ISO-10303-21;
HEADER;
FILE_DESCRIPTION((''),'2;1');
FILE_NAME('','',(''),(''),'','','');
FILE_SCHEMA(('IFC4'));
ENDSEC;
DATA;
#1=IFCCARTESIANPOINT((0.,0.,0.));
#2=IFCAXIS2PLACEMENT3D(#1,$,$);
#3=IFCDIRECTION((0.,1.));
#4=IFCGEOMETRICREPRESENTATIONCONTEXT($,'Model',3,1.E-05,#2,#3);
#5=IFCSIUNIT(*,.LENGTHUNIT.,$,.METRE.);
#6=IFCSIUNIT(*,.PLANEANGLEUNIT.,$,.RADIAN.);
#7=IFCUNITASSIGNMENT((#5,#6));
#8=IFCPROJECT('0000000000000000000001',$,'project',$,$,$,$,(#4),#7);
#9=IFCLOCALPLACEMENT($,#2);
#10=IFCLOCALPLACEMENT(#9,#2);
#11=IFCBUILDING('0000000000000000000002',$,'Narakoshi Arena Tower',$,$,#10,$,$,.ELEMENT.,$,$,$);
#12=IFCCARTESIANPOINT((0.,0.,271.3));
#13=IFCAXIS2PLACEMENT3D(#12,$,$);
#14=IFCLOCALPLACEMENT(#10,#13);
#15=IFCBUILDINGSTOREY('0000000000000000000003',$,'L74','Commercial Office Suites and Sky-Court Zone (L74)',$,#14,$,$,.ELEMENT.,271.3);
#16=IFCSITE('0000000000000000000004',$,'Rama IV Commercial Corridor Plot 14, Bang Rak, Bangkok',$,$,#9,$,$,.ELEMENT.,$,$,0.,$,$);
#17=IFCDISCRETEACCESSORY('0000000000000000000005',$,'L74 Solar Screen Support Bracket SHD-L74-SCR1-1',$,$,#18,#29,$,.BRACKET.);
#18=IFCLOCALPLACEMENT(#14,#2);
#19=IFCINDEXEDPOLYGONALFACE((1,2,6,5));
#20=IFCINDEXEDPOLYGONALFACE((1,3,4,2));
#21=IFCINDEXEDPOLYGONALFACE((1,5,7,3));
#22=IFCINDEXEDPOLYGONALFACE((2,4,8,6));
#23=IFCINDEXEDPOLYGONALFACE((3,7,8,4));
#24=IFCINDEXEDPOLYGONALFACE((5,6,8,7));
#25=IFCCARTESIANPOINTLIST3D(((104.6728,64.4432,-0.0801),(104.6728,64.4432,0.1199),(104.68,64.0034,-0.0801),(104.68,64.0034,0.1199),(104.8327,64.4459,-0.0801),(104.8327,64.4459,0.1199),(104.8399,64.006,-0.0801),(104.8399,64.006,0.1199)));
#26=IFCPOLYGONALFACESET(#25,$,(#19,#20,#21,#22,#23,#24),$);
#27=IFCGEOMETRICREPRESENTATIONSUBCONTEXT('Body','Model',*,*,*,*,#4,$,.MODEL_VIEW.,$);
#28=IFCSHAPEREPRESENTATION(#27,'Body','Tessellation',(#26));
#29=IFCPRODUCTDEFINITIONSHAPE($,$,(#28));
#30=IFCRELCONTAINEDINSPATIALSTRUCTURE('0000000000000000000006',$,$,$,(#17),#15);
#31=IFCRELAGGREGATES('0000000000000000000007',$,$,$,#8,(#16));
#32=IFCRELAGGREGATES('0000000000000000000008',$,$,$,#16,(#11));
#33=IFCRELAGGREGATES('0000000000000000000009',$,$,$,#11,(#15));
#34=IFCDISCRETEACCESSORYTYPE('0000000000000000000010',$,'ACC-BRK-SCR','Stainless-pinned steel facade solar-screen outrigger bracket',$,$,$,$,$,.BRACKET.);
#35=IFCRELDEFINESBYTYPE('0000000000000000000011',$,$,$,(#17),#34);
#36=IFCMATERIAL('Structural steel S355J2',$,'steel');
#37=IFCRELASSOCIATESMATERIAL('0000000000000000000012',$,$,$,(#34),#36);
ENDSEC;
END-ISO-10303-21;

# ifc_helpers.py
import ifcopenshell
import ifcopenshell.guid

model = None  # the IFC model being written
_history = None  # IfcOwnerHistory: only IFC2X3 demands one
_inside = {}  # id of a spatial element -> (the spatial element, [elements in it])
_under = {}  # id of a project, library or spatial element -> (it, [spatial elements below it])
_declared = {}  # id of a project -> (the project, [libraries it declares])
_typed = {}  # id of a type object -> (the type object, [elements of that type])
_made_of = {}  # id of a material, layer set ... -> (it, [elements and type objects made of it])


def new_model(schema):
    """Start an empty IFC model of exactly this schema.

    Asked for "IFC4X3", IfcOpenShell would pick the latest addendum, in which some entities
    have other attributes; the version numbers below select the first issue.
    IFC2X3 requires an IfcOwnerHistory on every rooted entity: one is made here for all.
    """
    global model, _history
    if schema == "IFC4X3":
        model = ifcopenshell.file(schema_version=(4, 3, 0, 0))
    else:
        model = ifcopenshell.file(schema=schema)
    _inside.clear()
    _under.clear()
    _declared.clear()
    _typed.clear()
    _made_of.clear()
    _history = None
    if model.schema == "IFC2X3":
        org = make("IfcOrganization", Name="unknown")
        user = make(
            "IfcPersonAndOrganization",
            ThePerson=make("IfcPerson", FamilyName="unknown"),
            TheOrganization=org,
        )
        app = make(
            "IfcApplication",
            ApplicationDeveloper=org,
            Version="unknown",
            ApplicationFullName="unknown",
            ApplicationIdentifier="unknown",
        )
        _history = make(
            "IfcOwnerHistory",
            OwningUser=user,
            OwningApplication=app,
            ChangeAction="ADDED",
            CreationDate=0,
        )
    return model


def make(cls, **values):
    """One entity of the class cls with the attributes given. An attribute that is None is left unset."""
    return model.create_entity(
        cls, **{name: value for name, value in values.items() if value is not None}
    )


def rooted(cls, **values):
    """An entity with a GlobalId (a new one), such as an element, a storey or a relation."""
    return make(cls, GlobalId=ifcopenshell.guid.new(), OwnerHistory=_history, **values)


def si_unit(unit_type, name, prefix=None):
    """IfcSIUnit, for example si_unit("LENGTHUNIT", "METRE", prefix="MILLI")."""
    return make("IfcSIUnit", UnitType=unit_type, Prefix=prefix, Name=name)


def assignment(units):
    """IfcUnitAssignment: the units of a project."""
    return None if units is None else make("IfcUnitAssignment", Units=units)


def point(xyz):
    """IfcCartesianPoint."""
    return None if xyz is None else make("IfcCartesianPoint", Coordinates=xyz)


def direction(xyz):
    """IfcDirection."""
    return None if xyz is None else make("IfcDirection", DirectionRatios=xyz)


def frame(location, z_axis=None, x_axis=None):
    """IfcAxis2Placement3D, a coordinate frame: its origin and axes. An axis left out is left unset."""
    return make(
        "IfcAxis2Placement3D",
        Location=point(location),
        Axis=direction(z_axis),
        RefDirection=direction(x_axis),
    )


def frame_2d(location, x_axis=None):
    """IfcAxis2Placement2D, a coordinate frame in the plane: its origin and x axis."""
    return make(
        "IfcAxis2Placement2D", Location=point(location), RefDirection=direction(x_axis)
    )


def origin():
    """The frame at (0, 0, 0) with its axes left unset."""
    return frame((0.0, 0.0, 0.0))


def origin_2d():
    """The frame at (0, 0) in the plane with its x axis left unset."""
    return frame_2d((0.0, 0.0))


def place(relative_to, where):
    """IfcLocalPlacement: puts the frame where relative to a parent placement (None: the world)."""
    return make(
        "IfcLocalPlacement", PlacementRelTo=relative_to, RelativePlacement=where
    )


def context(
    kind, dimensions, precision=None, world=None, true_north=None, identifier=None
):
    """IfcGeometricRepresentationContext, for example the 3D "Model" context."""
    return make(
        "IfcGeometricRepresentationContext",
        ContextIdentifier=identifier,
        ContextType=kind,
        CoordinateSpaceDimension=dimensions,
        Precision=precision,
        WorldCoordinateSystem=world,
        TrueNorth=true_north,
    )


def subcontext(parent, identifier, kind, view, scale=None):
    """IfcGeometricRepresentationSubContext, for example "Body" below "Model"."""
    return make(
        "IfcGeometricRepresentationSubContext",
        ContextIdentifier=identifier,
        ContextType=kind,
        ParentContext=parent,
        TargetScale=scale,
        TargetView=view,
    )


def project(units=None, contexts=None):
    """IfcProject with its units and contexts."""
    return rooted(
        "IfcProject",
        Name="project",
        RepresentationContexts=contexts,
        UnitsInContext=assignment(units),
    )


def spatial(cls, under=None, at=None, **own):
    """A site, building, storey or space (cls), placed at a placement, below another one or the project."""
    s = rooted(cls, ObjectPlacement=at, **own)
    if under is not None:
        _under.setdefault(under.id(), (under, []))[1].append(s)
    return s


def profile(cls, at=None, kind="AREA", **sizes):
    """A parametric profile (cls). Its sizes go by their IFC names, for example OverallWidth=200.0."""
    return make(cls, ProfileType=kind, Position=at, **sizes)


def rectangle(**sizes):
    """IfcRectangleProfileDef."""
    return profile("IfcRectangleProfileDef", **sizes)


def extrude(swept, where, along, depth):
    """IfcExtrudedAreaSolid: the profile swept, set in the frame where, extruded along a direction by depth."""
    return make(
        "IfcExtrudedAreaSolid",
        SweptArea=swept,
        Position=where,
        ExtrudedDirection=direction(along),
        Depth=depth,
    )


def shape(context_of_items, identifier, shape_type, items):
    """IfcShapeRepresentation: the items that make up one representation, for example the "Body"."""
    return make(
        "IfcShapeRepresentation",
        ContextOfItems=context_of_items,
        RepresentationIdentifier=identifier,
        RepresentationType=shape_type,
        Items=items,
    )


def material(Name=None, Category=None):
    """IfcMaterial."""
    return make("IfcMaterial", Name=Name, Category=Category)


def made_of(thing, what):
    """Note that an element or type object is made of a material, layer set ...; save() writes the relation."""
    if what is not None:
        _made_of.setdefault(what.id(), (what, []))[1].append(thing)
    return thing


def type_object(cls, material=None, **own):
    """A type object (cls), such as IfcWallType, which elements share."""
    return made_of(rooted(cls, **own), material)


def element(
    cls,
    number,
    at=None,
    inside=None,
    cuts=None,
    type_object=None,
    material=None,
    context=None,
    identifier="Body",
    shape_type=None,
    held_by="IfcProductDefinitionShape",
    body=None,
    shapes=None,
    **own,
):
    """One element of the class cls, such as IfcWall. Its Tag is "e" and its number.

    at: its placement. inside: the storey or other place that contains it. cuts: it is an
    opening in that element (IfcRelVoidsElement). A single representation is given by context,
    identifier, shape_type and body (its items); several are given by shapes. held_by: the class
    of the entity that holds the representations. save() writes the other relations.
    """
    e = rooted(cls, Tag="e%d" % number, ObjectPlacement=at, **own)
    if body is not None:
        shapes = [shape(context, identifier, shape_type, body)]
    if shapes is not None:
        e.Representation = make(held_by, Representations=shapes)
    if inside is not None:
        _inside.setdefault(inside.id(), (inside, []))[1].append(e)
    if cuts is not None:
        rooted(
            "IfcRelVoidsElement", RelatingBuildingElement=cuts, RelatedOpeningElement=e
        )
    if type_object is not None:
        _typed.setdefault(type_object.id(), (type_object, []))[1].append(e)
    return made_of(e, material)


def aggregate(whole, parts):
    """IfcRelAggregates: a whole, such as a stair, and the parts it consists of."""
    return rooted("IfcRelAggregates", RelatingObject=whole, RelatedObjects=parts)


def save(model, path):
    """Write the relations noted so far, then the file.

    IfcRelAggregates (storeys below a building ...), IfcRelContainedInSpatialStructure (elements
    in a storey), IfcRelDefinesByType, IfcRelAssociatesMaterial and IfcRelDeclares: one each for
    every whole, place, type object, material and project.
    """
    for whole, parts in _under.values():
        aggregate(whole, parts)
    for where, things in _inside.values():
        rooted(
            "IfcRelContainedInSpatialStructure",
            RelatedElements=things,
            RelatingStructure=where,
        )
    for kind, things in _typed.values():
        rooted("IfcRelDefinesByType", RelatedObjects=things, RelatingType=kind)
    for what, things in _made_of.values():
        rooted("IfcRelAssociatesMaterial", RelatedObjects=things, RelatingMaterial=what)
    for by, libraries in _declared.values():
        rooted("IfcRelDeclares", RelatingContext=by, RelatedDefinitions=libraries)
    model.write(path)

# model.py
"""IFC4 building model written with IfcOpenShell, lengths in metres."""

from ifc_helpers import new_model, si_unit, direction, frame, origin, origin_2d, place, context, subcontext, project, spatial, rectangle, extrude, material, type_object, element, save


model = new_model("IFC4")

# Units and contexts
model_context = context("Model", 3, precision=1e-05, world=origin(), true_north=direction((0.0, 1.0)))
body_context = subcontext(model_context, "Body", "Model", "MODEL_VIEW")
ifc_project = project(units=[si_unit("LENGTHUNIT", "METRE"), si_unit("PLANEANGLEUNIT", "RADIAN")], contexts=[model_context])

# Site, building, storey
site_placement = place(None, origin())
site = spatial("IfcSite", under=ifc_project, at=site_placement, Name="Rama IV Commercial Corridor Plot 14, Bang Rak, Bangkok", CompositionType="ELEMENT", RefElevation=0.0)
building_placement = place(site_placement, origin())
building = spatial("IfcBuilding", under=site, at=building_placement, Name="Narakoshi Arena Tower", CompositionType="ELEMENT")
storey_placement = place(building_placement, frame((0.0, 0.0, 271.3)))
storey = spatial("IfcBuildingStorey", under=building, at=storey_placement, Name="L74", Description="Commercial Office Suites and Sky-Court Zone (L74)", CompositionType="ELEMENT", Elevation=271.3)

# Shared definitions
ifc_material_1 = material(Name="Structural steel S355J2", Category="steel")

# Discrete accessory
discrete_accessory_type = type_object("IfcDiscreteAccessoryType", Name="ACC-BRK-SCR", Description="Stainless-pinned steel facade solar-screen outrigger bracket", PredefinedType="BRACKET", material=ifc_material_1)
discrete_accessory_placement = place(storey_placement, frame((104.7563, 64.2246, -0.0801), z_axis=(0.0, 0.0, 1.0), x_axis=(-0.999865, -0.01644, 0.0)))
element("IfcDiscreteAccessory", 1, at=discrete_accessory_placement, inside=storey, type_object=discrete_accessory_type, Name="L74 Solar Screen Support Bracket SHD-L74-SCR1-1", PredefinedType="BRACKET", context=body_context, shape_type="SweptSolid", body=[
    extrude(rectangle(XDim=0.1599, YDim=0.4399, at=origin_2d()), origin(), (0.0, 0.0, 1.0), 0.2),
])

save(model, "model.ifc")
